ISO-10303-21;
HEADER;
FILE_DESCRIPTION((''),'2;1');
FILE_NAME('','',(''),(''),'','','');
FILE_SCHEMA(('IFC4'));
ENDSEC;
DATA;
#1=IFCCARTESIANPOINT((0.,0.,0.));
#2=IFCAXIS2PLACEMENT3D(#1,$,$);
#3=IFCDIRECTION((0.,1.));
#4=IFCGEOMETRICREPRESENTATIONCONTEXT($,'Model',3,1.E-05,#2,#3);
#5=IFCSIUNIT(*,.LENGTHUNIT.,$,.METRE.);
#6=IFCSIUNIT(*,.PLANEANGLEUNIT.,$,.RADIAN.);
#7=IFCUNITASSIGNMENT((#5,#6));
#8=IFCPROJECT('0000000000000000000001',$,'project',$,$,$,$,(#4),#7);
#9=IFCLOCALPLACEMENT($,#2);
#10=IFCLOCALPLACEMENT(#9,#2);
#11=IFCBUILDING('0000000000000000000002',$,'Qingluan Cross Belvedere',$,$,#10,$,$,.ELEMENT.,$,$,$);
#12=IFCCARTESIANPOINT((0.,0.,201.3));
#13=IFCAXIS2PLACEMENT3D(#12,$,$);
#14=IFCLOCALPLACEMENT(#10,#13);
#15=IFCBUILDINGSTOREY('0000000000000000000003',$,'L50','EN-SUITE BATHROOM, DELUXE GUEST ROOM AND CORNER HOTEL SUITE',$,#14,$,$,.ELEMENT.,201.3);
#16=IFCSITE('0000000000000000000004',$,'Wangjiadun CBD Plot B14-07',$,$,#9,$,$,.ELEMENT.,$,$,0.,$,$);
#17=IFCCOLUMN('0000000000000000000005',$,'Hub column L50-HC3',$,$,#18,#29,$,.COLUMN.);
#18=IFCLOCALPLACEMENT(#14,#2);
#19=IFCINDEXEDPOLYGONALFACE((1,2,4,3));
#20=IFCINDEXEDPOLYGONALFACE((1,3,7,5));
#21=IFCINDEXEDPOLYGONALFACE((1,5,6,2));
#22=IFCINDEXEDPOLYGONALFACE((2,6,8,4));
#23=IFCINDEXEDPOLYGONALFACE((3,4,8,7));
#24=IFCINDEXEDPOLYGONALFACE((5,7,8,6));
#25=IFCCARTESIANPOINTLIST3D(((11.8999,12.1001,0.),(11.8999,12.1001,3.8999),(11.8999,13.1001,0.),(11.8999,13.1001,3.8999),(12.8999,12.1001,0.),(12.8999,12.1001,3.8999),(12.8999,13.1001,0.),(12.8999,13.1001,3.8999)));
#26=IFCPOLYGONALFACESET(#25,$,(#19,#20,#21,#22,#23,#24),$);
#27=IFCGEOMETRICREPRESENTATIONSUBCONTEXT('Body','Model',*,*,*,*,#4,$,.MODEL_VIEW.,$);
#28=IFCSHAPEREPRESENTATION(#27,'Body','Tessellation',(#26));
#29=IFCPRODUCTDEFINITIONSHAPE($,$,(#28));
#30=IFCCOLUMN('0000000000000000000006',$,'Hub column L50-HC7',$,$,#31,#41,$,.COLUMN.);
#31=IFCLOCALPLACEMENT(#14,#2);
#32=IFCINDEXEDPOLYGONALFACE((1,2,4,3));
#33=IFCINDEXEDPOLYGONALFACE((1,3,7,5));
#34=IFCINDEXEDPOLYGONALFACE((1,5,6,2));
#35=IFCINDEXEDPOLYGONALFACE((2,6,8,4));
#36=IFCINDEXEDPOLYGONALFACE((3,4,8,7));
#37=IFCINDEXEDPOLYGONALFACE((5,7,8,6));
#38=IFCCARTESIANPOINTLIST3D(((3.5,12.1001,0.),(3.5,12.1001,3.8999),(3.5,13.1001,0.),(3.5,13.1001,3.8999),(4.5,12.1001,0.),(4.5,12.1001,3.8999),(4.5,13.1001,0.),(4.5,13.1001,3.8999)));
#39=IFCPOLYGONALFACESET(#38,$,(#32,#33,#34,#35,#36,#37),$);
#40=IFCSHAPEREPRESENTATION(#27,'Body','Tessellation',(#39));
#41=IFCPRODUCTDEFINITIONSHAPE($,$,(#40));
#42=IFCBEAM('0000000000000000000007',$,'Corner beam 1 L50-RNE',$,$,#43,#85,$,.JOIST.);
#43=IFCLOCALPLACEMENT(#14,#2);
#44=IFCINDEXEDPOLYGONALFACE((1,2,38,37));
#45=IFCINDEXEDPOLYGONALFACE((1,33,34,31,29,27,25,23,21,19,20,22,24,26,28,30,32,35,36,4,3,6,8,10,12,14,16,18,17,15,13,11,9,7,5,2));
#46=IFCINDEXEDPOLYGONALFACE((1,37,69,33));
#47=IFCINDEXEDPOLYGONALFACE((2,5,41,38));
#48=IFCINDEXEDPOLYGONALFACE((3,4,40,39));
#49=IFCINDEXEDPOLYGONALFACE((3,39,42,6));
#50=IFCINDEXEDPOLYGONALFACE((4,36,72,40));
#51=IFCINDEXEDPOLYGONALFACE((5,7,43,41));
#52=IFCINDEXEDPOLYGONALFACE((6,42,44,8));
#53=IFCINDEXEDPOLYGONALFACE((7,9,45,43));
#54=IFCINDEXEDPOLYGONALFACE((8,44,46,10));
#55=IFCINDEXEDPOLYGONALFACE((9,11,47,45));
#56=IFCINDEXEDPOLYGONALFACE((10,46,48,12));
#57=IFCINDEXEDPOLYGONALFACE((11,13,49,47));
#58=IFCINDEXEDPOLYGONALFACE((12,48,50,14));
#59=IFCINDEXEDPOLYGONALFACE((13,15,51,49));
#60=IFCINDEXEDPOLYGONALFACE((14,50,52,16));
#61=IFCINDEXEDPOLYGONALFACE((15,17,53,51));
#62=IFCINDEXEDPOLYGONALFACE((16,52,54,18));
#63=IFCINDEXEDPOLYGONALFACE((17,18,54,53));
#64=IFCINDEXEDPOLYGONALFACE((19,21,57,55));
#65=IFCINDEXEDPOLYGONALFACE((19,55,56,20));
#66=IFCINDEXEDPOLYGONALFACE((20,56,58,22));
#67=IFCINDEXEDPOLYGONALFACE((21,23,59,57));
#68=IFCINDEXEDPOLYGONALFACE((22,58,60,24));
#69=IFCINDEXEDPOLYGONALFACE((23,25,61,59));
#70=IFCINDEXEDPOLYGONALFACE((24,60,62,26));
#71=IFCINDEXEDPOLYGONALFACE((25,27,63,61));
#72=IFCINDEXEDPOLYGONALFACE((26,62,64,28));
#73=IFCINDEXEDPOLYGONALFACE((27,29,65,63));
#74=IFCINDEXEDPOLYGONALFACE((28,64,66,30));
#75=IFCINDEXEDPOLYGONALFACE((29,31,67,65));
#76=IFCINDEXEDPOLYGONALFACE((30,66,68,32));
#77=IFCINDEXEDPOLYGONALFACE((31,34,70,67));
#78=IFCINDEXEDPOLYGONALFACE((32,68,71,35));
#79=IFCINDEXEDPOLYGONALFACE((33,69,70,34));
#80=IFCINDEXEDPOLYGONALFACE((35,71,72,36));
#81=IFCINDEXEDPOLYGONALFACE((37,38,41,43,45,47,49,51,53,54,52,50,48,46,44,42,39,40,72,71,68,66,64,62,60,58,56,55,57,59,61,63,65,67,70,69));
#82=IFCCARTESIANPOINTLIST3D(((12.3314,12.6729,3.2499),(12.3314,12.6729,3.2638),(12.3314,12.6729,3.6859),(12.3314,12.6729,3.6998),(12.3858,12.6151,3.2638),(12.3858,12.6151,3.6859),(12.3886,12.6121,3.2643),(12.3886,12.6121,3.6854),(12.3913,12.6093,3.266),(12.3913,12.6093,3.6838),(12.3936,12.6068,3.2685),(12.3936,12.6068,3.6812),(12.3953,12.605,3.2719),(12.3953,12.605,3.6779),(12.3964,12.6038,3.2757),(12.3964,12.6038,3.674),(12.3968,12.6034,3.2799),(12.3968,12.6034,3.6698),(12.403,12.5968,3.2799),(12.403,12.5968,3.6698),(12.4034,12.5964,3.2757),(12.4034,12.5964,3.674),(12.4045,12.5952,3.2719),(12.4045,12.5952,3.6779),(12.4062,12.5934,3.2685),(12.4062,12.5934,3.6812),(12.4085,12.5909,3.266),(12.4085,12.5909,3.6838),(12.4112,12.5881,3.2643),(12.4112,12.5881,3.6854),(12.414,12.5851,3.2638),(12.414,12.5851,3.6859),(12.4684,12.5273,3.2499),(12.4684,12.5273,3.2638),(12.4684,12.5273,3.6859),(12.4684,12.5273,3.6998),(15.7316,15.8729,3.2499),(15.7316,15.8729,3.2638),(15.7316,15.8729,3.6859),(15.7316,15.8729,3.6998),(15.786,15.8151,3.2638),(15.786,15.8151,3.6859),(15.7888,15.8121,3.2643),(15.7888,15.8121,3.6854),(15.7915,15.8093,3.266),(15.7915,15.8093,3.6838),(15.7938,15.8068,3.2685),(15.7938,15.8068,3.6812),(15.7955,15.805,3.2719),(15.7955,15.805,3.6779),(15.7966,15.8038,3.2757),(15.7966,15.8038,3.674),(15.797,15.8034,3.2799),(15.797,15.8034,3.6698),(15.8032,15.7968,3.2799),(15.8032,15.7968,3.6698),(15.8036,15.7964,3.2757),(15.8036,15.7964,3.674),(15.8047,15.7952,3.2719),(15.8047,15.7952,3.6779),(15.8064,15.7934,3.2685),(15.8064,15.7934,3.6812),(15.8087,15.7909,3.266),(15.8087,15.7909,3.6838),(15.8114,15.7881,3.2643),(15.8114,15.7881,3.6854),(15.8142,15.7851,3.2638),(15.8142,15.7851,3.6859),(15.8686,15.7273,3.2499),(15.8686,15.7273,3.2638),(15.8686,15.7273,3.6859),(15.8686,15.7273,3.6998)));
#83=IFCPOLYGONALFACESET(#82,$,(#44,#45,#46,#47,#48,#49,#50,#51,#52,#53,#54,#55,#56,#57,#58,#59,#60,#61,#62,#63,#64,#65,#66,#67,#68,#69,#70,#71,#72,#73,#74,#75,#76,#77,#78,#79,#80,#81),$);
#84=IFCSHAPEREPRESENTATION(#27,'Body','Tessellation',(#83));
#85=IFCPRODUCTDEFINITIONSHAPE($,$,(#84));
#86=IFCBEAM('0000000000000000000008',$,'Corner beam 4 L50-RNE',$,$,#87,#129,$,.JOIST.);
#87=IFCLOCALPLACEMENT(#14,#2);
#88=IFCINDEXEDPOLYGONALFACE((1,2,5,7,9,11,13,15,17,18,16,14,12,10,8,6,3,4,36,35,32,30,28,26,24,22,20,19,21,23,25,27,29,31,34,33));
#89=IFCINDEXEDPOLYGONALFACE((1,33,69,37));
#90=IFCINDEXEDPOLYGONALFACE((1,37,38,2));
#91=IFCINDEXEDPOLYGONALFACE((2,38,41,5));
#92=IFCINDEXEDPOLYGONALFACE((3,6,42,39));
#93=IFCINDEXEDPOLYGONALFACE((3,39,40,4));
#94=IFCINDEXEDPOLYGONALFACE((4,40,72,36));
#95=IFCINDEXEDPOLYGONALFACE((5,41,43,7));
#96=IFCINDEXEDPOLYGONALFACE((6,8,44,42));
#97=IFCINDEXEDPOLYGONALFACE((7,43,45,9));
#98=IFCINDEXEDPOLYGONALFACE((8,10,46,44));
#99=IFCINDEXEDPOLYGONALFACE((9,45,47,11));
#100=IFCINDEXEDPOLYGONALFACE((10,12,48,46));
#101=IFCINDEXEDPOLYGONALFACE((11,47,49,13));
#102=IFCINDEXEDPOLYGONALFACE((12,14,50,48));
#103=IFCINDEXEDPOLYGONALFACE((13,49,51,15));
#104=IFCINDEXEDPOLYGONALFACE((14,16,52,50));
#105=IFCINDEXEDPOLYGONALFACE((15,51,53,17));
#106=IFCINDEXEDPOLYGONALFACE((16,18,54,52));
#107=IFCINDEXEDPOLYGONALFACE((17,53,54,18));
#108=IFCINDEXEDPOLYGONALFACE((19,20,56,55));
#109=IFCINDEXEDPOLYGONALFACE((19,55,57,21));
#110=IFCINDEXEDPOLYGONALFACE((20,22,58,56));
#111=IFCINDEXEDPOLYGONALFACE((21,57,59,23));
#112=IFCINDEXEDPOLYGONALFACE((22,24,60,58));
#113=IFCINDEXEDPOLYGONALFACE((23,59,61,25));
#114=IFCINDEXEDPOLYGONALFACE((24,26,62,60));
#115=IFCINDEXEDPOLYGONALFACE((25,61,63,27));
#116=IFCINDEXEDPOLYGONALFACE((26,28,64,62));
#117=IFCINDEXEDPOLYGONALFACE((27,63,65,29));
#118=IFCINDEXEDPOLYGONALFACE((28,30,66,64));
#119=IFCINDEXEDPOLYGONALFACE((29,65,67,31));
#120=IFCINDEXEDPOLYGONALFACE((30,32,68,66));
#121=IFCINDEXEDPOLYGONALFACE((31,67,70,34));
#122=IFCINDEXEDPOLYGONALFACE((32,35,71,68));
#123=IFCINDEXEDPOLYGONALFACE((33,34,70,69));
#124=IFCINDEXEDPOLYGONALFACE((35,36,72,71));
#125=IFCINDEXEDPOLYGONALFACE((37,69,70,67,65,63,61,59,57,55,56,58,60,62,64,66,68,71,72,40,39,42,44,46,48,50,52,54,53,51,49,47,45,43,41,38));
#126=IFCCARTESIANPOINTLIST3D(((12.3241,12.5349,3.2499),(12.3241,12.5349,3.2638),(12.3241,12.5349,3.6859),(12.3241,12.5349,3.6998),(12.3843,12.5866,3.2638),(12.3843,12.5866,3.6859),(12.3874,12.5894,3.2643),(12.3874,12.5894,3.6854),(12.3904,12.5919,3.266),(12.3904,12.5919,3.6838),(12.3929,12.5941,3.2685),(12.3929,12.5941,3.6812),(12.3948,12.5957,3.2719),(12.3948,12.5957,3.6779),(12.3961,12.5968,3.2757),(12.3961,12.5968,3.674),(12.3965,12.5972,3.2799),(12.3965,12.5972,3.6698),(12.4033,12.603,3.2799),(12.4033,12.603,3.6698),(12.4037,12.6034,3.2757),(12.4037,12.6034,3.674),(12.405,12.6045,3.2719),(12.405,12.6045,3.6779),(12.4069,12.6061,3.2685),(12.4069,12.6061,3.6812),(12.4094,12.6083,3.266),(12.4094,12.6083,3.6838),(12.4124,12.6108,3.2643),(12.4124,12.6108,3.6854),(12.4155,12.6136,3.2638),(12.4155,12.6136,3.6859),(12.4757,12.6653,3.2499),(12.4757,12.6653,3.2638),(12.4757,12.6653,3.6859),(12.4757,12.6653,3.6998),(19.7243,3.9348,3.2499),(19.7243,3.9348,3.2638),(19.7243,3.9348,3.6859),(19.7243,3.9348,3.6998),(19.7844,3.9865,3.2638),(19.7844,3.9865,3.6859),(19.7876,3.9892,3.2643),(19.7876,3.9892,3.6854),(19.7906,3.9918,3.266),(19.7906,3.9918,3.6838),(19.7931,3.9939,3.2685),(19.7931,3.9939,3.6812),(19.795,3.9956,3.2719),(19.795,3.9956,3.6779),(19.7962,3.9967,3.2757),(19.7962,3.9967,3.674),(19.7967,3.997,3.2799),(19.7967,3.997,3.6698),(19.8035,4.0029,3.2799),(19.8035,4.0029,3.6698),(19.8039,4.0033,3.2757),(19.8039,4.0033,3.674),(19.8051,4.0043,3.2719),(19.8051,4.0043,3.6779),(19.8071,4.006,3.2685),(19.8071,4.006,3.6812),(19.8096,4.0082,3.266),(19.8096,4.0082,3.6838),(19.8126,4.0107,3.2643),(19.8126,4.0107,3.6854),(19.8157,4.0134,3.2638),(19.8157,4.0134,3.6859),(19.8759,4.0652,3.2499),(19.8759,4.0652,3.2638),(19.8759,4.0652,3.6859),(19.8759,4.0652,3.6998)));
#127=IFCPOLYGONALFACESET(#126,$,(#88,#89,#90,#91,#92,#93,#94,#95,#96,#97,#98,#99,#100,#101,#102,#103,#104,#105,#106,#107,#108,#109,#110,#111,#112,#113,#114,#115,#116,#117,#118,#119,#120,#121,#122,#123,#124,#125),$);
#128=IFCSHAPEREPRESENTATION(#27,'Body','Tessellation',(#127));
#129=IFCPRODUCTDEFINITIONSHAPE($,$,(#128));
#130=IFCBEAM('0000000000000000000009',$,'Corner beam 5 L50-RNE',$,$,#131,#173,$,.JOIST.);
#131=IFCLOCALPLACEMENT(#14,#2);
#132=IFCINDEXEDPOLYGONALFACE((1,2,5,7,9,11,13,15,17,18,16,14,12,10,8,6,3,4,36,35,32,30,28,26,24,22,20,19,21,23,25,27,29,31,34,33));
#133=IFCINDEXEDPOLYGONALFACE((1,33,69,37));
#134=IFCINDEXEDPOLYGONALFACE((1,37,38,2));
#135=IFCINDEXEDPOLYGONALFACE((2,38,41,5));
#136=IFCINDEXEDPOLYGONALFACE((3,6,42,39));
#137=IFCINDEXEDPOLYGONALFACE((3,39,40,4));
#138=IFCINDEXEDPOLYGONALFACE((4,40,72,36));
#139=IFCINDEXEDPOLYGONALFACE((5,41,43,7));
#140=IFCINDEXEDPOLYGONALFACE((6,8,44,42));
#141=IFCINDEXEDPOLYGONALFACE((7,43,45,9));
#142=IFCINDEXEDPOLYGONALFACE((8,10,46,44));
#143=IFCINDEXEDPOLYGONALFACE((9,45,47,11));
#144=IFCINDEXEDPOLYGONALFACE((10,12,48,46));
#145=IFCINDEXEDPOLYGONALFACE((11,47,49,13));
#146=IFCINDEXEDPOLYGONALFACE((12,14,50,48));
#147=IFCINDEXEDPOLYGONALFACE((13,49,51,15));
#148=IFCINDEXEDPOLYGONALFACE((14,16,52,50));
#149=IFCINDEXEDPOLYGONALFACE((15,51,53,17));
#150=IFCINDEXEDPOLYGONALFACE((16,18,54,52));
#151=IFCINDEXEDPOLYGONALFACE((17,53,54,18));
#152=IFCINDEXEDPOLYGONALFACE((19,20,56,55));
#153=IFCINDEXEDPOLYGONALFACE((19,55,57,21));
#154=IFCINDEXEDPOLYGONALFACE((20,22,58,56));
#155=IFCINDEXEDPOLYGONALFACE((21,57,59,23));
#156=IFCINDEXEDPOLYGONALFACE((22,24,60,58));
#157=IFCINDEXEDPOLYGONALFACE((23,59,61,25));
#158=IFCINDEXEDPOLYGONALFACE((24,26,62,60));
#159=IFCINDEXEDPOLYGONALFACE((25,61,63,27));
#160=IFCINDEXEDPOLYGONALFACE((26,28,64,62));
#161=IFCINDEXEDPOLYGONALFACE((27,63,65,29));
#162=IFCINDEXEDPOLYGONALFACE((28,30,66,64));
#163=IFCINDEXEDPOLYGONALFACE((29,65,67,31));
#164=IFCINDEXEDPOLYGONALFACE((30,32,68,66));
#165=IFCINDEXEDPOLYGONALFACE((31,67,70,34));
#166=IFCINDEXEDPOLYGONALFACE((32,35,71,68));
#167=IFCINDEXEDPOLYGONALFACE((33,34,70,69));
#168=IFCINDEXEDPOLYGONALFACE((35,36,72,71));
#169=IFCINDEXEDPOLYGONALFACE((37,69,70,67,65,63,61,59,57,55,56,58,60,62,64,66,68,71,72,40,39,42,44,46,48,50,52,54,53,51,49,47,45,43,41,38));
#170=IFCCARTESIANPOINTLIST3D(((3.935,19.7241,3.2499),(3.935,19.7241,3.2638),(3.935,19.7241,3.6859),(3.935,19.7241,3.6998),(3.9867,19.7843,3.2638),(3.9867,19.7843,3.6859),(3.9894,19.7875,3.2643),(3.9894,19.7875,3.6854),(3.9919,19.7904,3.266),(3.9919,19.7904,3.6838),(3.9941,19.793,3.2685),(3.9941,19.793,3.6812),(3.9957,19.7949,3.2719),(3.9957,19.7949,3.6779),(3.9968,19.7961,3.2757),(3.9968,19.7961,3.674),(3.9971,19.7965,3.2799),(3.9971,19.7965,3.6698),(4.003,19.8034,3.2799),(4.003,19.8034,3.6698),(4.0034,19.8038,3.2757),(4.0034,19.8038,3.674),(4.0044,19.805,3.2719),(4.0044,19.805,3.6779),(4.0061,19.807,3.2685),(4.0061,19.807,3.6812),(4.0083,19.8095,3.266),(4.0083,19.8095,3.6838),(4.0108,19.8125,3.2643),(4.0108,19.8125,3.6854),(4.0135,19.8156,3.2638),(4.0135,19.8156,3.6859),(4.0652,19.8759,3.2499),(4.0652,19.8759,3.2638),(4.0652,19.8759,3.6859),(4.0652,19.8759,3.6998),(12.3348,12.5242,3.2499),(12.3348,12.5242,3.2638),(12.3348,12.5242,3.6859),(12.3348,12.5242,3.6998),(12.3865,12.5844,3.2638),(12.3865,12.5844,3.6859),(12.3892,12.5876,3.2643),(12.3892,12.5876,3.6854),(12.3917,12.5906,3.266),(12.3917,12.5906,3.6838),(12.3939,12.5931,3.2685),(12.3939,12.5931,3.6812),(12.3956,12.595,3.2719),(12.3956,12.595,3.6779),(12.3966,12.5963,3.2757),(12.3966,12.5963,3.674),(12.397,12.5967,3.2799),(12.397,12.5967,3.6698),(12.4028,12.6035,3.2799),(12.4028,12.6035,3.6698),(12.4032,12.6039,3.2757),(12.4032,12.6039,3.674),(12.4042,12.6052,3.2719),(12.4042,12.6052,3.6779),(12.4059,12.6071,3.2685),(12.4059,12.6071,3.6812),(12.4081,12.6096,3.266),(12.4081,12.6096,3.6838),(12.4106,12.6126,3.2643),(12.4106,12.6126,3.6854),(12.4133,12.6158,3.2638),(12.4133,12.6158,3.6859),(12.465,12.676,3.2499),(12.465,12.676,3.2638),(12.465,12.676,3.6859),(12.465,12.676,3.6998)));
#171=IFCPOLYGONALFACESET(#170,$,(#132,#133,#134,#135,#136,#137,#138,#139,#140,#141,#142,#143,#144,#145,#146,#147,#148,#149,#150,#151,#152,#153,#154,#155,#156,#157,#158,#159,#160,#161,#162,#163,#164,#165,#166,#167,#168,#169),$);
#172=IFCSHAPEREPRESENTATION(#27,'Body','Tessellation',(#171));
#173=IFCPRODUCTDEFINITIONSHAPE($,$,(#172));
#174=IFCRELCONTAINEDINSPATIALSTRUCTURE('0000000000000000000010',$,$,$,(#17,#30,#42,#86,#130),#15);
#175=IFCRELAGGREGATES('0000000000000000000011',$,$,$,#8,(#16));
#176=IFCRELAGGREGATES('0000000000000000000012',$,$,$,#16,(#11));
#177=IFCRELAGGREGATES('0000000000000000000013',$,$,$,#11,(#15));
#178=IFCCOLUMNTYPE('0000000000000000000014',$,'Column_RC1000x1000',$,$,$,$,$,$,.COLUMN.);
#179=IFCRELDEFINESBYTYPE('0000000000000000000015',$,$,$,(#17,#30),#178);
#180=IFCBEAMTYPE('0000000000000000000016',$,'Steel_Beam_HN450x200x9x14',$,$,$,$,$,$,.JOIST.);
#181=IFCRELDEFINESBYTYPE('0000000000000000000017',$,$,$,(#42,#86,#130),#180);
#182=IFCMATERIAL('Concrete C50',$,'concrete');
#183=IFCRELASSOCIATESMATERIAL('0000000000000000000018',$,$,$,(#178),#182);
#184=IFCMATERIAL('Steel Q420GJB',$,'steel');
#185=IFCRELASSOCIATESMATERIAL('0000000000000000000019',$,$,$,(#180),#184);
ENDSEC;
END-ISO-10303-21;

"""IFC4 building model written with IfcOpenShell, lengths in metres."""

from ifc_helpers import new_model, si_unit, direction, frame, origin, origin_2d, place, context, subcontext, project, spatial, rectangle, i_section, extrude, material, material_profile, profile_set, type_object, element, save


model = new_model("IFC4")

# Units and contexts
model_context = context("Model", 3, precision=1e-05, world=origin(), true_north=direction((0.0, 1.0)))
body_context = subcontext(model_context, "Body", "Model", "MODEL_VIEW")
ifc_project = project(units=[si_unit("LENGTHUNIT", "METRE"), si_unit("PLANEANGLEUNIT", "RADIAN")], contexts=[model_context])

# Site, building, storey
site_placement = place(None, origin())
site = spatial("IfcSite", under=ifc_project, at=site_placement, Name="Wangjiadun CBD Plot B14-07", CompositionType="ELEMENT", RefElevation=0.0)
building_placement = place(site_placement, origin())
building = spatial("IfcBuilding", under=site, at=building_placement, Name="Qingluan Cross Belvedere", CompositionType="ELEMENT")
storey_placement = place(building_placement, frame((0.0, 0.0, 201.3)))
storey = spatial("IfcBuildingStorey", under=building, at=storey_placement, Name="L50", Description="EN-SUITE BATHROOM, DELUXE GUEST ROOM AND CORNER HOTEL SUITE", CompositionType="ELEMENT", Elevation=201.3)

# Columns
ifc_material_1 = material(Name="Concrete C50", Category="concrete")
ifc_material_profile_1 = material_profile(ifc_material_1, rectangle(XDim=1.0, YDim=1.0, at=origin_2d()), Name="RC1000x1000")
ifc_profile_set_1 = profile_set([ifc_material_profile_1], Name="Concrete C50")
column_type = type_object("IfcColumnType", Name="Column_RC1000x1000", PredefinedType="COLUMN", material=ifc_profile_set_1)
for number, where, z_axis, x_axis, name in (
    (1, (12.3999, 12.6001, 0.0), (0.0, 0.0, 1.0), (1.0, 0.0, 0.0), "Hub column L50-HC3"),
    (2, (4.0, 12.6001, 0.0), (0.0, 0.0, 1.0), (1.0, 0.0, 0.0), "Hub column L50-HC7"),
):
    element("IfcColumn", number, at=place(storey_placement, frame(where, z_axis=z_axis, x_axis=x_axis)), inside=storey, type_object=column_type, Name=name, PredefinedType="COLUMN", context=body_context, shape_type="SweptSolid", body=[
        extrude(rectangle(XDim=1.0, YDim=1.0, at=origin_2d()), origin(), (0.0, 0.0, 1.0), 3.8999),
    ])

# Beams
ifc_material_2 = material(Name="Steel Q420GJB", Category="steel")
ifc_material_profile_2 = material_profile(ifc_material_2, i_section(OverallWidth=0.2, OverallDepth=0.45, WebThickness=0.009, FlangeThickness=0.0139, FilletRadius=0.0161, at=origin_2d()), Name="HN450x200x9x14")
ifc_profile_set_2 = profile_set([ifc_material_profile_2], Name="Steel Q420GJB")
beam_type_1 = type_object("IfcBeamType", Name="Steel_Beam_HN450x200x9x14", PredefinedType="JOIST", material=ifc_profile_set_2)
beam_1_placement = place(storey_placement, frame((12.3999, 12.6001, 3.4749), z_axis=(0.72822, 0.685343, 0.0), x_axis=(-0.685343, 0.72822, 0.0)))
element("IfcBeam", 3, at=beam_1_placement, inside=storey, type_object=beam_type_1, Name="Corner beam 1 L50-RNE", PredefinedType="JOIST", context=body_context, shape_type="SweptSolid", body=[
    extrude(i_section(OverallWidth=0.2, OverallDepth=0.45, WebThickness=0.009, FlangeThickness=0.0139, FilletRadius=0.0161, at=origin_2d()), origin(), (0.0, 0.0, 1.0), 4.6692),
])
beam_2_placement = place(storey_placement, frame((12.3999, 12.6001, 3.4749), z_axis=(0.652245, -0.758008, 0.0), x_axis=(0.758008, 0.652245, 0.0)))
element("IfcBeam", 4, at=beam_2_placement, inside=storey, type_object=beam_type_1, Name="Corner beam 4 L50-RNE", PredefinedType="JOIST", context=body_context, shape_type="SweptSolid", body=[
    extrude(i_section(OverallWidth=0.2, OverallDepth=0.45, WebThickness=0.009, FlangeThickness=0.0139, FilletRadius=0.0161, at=origin_2d()), origin(), (0.0, 0.0, 1.0), 11.3457),
])
beam_3_placement = place(storey_placement, frame((12.3999, 12.6001, 3.4749), z_axis=(-0.759255, 0.650793, 0.0), x_axis=(-0.650793, -0.759255, 0.0)))
element("IfcBeam", 5, at=beam_3_placement, inside=storey, type_object=beam_type_1, Name="Corner beam 5 L50-RNE", PredefinedType="JOIST", context=body_context, shape_type="SweptSolid", body=[
    extrude(i_section(OverallWidth=0.2, OverallDepth=0.45, WebThickness=0.009, FlangeThickness=0.0139, FilletRadius=0.0161, at=origin_2d()), origin(), (0.0, 0.0, 1.0), 11.0632),
])

save(model, "model.ifc")
